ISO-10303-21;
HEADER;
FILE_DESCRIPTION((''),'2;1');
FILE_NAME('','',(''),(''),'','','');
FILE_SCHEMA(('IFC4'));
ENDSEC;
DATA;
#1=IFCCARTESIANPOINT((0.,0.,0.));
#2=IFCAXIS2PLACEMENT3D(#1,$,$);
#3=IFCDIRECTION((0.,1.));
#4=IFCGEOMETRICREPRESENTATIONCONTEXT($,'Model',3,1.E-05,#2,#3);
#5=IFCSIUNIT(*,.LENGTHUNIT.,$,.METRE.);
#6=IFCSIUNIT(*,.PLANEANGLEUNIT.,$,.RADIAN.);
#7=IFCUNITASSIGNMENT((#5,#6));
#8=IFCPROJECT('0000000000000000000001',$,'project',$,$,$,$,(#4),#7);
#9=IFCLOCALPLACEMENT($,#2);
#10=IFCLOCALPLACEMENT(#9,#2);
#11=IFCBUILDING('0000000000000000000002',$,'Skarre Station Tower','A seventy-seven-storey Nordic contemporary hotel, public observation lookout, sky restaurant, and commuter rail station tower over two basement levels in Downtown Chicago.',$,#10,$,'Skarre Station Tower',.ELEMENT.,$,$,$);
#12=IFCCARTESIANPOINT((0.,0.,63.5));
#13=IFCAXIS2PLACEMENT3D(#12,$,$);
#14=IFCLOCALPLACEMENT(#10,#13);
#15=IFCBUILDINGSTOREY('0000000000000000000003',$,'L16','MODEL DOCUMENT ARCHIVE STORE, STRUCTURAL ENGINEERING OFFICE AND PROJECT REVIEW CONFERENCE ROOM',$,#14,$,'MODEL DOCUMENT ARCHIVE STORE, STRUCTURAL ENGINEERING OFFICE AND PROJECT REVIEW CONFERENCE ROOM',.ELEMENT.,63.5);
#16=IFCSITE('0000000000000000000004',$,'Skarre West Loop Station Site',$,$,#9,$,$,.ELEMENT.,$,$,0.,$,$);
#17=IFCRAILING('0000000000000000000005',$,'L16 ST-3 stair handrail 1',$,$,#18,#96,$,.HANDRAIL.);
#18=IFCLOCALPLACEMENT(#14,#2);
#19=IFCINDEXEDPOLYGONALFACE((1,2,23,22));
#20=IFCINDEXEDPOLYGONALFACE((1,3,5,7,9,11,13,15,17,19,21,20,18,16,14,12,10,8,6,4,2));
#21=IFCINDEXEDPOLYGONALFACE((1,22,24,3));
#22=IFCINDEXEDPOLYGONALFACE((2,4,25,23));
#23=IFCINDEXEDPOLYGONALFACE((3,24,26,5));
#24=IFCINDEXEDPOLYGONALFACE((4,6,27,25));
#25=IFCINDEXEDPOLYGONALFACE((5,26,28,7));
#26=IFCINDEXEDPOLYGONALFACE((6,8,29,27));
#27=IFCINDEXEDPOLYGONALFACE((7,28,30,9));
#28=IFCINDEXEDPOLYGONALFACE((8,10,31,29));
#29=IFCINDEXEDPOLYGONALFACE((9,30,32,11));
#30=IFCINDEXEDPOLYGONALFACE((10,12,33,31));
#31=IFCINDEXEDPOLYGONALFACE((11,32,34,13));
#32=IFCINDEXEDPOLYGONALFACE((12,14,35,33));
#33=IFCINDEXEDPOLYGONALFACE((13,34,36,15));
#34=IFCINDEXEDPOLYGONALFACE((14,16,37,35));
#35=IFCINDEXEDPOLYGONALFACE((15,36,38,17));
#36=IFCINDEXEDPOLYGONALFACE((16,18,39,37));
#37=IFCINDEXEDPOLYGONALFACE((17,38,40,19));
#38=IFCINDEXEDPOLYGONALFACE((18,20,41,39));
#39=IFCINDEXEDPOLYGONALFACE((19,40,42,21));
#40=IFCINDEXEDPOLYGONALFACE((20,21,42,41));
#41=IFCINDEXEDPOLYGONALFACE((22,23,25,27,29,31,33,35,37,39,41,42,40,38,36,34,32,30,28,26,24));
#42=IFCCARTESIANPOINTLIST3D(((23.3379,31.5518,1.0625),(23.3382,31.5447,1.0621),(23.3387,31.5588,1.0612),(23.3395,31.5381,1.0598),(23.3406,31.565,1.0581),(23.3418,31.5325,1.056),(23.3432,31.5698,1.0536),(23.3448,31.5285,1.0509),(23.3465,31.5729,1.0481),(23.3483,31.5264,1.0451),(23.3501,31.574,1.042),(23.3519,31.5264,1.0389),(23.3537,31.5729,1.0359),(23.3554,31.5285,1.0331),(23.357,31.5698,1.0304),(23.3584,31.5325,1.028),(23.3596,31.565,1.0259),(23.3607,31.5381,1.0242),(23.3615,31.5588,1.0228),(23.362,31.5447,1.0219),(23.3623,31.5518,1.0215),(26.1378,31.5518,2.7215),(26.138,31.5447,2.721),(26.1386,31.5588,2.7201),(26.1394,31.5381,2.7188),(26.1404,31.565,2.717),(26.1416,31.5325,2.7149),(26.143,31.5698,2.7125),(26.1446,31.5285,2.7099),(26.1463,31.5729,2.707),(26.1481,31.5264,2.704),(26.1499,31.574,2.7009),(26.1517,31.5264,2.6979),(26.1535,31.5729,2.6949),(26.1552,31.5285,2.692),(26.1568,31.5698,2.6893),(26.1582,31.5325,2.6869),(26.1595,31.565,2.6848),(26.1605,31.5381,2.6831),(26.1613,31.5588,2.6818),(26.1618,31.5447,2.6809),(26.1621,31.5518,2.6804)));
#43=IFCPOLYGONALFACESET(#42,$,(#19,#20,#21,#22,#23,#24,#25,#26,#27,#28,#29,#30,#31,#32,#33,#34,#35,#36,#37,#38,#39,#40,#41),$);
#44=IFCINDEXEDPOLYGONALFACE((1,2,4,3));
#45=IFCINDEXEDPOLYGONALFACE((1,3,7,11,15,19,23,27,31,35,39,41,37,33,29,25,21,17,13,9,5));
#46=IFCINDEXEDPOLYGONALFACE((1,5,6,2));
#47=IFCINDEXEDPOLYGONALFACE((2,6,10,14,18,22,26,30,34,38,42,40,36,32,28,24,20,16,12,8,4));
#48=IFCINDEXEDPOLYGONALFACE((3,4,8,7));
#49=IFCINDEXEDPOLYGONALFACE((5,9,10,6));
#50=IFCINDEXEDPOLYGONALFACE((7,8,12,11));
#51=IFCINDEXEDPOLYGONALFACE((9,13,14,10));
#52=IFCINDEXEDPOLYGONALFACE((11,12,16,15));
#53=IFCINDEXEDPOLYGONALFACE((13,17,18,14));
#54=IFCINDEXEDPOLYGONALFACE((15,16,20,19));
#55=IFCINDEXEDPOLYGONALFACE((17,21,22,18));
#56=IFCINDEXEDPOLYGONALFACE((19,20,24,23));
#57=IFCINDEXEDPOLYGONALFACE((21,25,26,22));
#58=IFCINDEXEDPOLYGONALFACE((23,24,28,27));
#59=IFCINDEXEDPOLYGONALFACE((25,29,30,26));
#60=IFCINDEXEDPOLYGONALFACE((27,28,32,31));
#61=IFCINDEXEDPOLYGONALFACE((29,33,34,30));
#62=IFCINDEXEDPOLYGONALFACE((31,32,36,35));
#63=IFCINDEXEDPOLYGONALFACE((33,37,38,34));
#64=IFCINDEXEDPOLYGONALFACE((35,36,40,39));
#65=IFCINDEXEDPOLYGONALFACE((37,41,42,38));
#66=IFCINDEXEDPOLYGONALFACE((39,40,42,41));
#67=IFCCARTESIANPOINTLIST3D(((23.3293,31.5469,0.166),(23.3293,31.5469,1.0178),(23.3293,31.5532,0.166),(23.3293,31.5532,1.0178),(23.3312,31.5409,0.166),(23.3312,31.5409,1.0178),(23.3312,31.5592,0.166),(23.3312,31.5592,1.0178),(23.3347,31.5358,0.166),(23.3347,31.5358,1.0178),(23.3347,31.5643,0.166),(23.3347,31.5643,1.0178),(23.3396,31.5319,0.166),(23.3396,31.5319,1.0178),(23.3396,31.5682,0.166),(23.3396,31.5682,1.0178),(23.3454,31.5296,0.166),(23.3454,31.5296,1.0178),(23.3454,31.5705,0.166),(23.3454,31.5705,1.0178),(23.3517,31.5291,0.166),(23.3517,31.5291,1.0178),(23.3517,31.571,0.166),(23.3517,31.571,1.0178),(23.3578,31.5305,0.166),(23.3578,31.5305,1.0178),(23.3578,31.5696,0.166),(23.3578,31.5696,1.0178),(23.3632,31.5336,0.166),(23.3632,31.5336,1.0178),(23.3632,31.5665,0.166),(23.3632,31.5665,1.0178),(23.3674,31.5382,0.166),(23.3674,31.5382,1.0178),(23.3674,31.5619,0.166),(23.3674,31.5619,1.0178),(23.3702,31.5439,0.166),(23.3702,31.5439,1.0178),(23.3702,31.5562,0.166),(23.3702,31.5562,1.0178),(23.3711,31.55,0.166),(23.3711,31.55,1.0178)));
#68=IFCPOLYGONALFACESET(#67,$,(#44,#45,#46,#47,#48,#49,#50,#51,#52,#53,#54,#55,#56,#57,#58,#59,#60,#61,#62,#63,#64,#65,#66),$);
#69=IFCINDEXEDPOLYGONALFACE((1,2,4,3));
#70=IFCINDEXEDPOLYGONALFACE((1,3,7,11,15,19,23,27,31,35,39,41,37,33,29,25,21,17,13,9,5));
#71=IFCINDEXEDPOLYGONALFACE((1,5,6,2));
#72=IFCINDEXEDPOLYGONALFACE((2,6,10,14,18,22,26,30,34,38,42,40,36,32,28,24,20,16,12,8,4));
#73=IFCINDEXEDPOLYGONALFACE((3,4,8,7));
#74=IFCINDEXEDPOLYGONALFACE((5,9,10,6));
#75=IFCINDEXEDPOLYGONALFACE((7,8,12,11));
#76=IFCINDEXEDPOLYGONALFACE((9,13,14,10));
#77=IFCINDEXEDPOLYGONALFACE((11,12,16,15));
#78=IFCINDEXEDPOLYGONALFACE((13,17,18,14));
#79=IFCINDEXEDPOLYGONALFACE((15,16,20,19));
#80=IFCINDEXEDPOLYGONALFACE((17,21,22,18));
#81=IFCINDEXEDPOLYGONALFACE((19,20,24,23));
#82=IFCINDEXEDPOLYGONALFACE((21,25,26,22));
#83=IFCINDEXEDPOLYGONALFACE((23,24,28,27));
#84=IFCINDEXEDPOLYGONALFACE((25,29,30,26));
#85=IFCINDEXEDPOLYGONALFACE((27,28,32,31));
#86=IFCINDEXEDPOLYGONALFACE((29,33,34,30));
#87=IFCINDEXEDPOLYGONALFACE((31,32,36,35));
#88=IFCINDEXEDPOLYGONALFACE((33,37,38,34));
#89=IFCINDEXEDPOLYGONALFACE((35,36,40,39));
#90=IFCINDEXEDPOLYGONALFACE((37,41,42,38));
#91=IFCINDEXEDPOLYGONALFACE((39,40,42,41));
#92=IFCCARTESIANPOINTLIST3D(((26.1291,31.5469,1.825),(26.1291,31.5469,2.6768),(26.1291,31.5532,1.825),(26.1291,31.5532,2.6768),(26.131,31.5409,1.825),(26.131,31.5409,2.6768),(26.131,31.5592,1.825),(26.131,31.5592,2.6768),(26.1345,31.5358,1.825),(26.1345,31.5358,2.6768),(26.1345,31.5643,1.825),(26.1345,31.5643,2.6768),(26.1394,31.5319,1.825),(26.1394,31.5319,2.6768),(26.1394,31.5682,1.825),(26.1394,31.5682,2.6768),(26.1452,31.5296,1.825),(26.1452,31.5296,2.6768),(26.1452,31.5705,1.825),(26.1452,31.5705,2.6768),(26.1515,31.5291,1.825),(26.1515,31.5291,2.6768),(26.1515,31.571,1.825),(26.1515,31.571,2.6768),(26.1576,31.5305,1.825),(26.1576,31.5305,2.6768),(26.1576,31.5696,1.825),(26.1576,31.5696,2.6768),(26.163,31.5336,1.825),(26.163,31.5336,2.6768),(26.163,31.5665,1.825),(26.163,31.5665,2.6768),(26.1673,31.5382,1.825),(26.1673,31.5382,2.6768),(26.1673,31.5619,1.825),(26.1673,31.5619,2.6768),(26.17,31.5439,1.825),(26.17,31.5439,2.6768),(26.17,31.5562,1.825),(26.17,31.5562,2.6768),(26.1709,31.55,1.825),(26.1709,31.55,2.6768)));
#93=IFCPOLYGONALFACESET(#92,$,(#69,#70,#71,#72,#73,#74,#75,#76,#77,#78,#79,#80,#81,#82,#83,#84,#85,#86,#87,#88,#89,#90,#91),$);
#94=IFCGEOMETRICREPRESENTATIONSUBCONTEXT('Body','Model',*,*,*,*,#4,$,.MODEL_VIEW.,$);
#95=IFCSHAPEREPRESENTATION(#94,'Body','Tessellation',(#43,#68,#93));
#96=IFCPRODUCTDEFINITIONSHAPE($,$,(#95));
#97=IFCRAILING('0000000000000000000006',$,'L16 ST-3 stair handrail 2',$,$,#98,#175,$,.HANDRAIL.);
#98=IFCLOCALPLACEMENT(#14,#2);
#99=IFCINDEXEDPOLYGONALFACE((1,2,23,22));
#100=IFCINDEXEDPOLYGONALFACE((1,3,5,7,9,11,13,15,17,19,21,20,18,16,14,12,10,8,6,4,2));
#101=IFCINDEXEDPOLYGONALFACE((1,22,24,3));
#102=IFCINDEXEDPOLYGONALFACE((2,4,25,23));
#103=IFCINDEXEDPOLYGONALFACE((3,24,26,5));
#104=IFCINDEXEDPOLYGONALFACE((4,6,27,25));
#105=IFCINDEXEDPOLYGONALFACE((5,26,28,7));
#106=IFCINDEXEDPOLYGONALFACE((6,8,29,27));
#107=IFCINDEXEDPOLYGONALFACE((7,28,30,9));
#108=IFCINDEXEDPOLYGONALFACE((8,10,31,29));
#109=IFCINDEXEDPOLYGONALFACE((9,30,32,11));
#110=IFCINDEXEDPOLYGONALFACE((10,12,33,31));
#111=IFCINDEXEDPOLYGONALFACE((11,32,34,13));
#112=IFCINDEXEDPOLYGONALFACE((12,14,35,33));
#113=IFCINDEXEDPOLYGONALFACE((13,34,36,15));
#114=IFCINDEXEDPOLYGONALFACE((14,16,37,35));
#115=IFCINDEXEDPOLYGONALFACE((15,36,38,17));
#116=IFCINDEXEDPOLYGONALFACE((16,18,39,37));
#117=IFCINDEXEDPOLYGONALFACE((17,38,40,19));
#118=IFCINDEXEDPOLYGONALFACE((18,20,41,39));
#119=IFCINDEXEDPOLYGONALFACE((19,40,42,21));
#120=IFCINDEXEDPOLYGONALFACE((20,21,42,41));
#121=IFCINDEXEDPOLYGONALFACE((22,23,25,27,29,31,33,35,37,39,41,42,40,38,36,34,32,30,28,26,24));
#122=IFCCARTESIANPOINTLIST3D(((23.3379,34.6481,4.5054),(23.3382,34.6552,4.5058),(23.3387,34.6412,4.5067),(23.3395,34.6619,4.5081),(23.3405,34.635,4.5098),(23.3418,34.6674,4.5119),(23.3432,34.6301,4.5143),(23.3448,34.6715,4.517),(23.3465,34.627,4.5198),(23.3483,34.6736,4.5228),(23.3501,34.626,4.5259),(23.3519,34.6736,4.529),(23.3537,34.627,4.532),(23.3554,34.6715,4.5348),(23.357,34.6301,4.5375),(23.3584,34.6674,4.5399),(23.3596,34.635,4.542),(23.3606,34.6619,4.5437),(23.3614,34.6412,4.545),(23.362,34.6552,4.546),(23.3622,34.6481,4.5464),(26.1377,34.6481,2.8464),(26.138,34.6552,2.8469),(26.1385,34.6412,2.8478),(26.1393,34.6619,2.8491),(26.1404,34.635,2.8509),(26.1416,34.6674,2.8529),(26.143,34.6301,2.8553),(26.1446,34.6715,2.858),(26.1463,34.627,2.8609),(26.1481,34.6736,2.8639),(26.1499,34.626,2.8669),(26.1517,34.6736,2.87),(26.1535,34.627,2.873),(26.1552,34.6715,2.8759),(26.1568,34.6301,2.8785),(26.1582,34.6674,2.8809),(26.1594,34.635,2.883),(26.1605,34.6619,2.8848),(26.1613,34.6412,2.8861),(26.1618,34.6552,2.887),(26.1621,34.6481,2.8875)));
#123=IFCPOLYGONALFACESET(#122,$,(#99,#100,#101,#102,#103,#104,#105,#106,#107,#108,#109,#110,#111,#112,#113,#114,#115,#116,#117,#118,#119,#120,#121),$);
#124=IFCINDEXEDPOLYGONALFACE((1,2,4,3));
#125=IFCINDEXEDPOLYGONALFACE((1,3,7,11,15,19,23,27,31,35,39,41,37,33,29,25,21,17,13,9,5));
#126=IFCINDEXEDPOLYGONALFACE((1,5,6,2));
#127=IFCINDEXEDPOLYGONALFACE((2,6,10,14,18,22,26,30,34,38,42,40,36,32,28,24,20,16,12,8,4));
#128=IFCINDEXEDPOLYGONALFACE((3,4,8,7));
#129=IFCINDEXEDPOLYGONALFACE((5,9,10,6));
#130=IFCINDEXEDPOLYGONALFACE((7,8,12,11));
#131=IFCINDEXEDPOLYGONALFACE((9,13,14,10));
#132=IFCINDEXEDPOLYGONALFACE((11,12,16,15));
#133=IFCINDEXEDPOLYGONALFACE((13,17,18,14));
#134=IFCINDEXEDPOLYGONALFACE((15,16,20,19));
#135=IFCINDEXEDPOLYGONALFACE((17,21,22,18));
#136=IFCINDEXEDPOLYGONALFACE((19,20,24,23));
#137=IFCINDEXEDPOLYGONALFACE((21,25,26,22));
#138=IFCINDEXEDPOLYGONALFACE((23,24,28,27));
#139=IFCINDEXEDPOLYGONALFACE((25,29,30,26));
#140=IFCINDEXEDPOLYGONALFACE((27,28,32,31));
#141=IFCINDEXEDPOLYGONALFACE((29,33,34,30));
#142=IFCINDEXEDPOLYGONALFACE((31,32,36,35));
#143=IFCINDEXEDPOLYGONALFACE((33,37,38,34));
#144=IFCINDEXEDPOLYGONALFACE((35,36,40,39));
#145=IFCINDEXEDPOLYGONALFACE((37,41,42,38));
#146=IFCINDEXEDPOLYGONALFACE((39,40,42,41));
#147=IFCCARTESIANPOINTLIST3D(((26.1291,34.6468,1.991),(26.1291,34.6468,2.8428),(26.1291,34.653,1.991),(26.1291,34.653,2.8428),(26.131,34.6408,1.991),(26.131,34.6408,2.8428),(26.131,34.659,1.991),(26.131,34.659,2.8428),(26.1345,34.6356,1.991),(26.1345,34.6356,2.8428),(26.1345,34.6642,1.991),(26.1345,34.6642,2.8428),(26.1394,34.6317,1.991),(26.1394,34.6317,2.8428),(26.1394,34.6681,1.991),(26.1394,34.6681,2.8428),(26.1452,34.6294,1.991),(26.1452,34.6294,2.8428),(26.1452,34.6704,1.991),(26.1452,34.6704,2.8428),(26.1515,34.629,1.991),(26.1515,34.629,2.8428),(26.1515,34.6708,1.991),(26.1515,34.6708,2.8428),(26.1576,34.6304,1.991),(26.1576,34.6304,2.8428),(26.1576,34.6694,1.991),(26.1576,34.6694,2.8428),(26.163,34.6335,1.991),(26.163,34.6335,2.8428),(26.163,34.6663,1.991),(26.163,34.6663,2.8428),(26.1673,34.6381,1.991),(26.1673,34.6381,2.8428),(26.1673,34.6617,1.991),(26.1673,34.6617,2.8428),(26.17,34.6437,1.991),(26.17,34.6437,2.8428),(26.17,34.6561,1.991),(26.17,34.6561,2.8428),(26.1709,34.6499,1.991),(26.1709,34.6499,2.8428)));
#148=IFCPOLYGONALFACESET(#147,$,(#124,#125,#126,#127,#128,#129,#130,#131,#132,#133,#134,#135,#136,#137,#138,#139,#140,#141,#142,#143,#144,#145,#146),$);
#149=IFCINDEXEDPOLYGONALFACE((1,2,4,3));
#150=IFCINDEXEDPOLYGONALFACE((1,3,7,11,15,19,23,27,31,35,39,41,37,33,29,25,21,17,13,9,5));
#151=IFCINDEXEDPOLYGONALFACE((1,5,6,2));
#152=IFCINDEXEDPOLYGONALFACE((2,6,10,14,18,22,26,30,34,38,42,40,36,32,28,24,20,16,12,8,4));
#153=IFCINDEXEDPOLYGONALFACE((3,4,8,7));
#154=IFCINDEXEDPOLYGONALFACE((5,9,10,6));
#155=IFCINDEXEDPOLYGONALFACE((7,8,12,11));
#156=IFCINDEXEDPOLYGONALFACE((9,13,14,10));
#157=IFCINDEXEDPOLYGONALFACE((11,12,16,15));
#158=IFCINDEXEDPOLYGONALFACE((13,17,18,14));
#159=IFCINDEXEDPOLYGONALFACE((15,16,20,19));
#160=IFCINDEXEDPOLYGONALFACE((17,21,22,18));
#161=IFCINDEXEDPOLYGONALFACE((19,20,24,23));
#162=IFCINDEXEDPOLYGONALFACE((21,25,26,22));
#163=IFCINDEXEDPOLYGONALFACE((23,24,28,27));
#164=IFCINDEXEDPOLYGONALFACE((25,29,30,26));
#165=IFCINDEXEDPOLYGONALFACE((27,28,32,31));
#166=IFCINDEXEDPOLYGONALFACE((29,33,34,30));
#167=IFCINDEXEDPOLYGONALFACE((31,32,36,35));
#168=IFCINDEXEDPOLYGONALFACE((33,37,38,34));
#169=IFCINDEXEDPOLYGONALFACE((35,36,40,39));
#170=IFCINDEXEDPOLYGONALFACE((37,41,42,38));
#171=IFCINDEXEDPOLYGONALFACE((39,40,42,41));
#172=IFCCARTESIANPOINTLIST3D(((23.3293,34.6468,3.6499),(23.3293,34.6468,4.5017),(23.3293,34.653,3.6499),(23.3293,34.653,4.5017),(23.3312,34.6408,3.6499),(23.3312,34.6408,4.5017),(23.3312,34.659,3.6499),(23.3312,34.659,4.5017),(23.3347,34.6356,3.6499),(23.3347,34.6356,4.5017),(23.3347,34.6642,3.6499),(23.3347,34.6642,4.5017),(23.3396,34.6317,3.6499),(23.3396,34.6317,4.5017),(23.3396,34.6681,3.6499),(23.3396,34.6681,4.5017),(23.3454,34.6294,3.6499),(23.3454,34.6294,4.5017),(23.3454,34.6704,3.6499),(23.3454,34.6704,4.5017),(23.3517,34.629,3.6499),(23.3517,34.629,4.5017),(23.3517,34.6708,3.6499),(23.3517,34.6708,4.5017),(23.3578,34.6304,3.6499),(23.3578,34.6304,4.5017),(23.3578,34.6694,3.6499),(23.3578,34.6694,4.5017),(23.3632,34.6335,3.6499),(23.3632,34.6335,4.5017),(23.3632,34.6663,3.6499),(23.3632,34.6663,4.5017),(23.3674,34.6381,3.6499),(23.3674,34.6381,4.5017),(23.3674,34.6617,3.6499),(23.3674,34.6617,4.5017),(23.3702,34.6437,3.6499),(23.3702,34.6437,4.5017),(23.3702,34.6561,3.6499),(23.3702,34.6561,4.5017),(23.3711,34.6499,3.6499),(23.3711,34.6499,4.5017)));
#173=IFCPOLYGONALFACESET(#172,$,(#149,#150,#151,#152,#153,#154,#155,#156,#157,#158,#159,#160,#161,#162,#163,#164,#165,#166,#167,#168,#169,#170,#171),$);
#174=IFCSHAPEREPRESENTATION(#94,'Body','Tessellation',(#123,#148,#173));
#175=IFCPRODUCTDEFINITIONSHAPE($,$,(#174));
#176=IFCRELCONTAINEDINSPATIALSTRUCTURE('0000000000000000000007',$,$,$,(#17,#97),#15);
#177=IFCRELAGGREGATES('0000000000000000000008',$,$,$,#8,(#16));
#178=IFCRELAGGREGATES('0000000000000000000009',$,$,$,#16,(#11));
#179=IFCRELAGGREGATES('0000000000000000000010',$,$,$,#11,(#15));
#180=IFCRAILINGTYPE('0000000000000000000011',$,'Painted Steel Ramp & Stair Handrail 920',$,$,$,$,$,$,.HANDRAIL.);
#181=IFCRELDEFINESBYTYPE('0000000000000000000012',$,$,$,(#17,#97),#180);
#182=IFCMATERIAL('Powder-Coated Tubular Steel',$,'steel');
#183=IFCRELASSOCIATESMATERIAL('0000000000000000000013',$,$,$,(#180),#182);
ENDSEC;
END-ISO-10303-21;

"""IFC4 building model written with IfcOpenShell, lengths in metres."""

from ifc_helpers import new_model, si_unit, direction, frame, origin, origin_2d, place, context, subcontext, project, spatial, circle, extrude, material, type_object, element, save


model = new_model("IFC4")

# Units and contexts
model_context = context("Model", 3, precision=1e-05, world=origin(), true_north=direction((0.0, 1.0)))
body_context = subcontext(model_context, "Body", "Model", "MODEL_VIEW")
ifc_project = project(units=[si_unit("LENGTHUNIT", "METRE"), si_unit("PLANEANGLEUNIT", "RADIAN")], contexts=[model_context])

# Site, building, storey
site_placement = place(None, origin())
site = spatial("IfcSite", under=ifc_project, at=site_placement, Name="Skarre West Loop Station Site", CompositionType="ELEMENT", RefElevation=0.0)
building_placement = place(site_placement, origin())
building = spatial("IfcBuilding", under=site, at=building_placement, Name="Skarre Station Tower", Description="A seventy-seven-storey Nordic contemporary hotel, public observation lookout, sky restaurant, and commuter rail station tower over two basement levels in Downtown Chicago.", LongName="Skarre Station Tower", CompositionType="ELEMENT")
storey_placement = place(building_placement, frame((0.0, 0.0, 63.5)))
storey = spatial("IfcBuildingStorey", under=building, at=storey_placement, Name="L16", Description="MODEL DOCUMENT ARCHIVE STORE, STRUCTURAL ENGINEERING OFFICE AND PROJECT REVIEW CONFERENCE ROOM", LongName="MODEL DOCUMENT ARCHIVE STORE, STRUCTURAL ENGINEERING OFFICE AND PROJECT REVIEW CONFERENCE ROOM", CompositionType="ELEMENT", Elevation=63.5)

# Railings
ifc_material_1 = material(Name="Powder-Coated Tubular Steel", Category="steel")
railing_type_1 = type_object("IfcRailingType", Name="Painted Steel Ramp & Stair Handrail 920", PredefinedType="HANDRAIL", material=ifc_material_1)
railing_1_placement = place(storey_placement, frame((23.3501, 31.55, 0.166)))
element("IfcRailing", 1, at=railing_1_placement, inside=storey, type_object=railing_type_1, Name="L16 ST-3 stair handrail 1", PredefinedType="HANDRAIL", context=body_context, shape_type="SweptSolid", body=[
    extrude(circle(Radius=0.0239, at=origin_2d()), frame((0.0, 0.0, 0.876), z_axis=(0.86032, 0.0, 0.509755), x_axis=(0.0, 1.0, 0.0)), (0.0, 0.0, 1.0), 3.2544),
    extrude(circle(Radius=0.021, at=origin_2d()), origin(), (0.0, 0.0, 1.0), 0.8518),
    extrude(circle(Radius=0.021, at=origin_2d()), frame((2.7998, 0.0, 1.6589)), (0.0, 0.0, 1.0), 0.8518),
])
railing_2_placement = place(storey_placement, frame((26.1499, 34.6499, 1.991)))
element("IfcRailing", 2, at=railing_2_placement, inside=storey, type_object=railing_type_1, Name="L16 ST-3 stair handrail 2", PredefinedType="HANDRAIL", context=body_context, shape_type="SweptSolid", body=[
    extrude(circle(Radius=0.0239, at=origin_2d()), frame((0.0, 0.0, 0.876), z_axis=(-0.86032, 0.0, 0.509755), x_axis=(0.0, -1.0, 0.0)), (0.0, 0.0, 1.0), 3.2544),
    extrude(circle(Radius=0.021, at=origin_2d()), origin(), (0.0, 0.0, 1.0), 0.8518),
    extrude(circle(Radius=0.021, at=origin_2d()), frame((-2.7998, 0.0, 1.6589)), (0.0, 0.0, 1.0), 0.8518),
])

save(model, "model.ifc")
